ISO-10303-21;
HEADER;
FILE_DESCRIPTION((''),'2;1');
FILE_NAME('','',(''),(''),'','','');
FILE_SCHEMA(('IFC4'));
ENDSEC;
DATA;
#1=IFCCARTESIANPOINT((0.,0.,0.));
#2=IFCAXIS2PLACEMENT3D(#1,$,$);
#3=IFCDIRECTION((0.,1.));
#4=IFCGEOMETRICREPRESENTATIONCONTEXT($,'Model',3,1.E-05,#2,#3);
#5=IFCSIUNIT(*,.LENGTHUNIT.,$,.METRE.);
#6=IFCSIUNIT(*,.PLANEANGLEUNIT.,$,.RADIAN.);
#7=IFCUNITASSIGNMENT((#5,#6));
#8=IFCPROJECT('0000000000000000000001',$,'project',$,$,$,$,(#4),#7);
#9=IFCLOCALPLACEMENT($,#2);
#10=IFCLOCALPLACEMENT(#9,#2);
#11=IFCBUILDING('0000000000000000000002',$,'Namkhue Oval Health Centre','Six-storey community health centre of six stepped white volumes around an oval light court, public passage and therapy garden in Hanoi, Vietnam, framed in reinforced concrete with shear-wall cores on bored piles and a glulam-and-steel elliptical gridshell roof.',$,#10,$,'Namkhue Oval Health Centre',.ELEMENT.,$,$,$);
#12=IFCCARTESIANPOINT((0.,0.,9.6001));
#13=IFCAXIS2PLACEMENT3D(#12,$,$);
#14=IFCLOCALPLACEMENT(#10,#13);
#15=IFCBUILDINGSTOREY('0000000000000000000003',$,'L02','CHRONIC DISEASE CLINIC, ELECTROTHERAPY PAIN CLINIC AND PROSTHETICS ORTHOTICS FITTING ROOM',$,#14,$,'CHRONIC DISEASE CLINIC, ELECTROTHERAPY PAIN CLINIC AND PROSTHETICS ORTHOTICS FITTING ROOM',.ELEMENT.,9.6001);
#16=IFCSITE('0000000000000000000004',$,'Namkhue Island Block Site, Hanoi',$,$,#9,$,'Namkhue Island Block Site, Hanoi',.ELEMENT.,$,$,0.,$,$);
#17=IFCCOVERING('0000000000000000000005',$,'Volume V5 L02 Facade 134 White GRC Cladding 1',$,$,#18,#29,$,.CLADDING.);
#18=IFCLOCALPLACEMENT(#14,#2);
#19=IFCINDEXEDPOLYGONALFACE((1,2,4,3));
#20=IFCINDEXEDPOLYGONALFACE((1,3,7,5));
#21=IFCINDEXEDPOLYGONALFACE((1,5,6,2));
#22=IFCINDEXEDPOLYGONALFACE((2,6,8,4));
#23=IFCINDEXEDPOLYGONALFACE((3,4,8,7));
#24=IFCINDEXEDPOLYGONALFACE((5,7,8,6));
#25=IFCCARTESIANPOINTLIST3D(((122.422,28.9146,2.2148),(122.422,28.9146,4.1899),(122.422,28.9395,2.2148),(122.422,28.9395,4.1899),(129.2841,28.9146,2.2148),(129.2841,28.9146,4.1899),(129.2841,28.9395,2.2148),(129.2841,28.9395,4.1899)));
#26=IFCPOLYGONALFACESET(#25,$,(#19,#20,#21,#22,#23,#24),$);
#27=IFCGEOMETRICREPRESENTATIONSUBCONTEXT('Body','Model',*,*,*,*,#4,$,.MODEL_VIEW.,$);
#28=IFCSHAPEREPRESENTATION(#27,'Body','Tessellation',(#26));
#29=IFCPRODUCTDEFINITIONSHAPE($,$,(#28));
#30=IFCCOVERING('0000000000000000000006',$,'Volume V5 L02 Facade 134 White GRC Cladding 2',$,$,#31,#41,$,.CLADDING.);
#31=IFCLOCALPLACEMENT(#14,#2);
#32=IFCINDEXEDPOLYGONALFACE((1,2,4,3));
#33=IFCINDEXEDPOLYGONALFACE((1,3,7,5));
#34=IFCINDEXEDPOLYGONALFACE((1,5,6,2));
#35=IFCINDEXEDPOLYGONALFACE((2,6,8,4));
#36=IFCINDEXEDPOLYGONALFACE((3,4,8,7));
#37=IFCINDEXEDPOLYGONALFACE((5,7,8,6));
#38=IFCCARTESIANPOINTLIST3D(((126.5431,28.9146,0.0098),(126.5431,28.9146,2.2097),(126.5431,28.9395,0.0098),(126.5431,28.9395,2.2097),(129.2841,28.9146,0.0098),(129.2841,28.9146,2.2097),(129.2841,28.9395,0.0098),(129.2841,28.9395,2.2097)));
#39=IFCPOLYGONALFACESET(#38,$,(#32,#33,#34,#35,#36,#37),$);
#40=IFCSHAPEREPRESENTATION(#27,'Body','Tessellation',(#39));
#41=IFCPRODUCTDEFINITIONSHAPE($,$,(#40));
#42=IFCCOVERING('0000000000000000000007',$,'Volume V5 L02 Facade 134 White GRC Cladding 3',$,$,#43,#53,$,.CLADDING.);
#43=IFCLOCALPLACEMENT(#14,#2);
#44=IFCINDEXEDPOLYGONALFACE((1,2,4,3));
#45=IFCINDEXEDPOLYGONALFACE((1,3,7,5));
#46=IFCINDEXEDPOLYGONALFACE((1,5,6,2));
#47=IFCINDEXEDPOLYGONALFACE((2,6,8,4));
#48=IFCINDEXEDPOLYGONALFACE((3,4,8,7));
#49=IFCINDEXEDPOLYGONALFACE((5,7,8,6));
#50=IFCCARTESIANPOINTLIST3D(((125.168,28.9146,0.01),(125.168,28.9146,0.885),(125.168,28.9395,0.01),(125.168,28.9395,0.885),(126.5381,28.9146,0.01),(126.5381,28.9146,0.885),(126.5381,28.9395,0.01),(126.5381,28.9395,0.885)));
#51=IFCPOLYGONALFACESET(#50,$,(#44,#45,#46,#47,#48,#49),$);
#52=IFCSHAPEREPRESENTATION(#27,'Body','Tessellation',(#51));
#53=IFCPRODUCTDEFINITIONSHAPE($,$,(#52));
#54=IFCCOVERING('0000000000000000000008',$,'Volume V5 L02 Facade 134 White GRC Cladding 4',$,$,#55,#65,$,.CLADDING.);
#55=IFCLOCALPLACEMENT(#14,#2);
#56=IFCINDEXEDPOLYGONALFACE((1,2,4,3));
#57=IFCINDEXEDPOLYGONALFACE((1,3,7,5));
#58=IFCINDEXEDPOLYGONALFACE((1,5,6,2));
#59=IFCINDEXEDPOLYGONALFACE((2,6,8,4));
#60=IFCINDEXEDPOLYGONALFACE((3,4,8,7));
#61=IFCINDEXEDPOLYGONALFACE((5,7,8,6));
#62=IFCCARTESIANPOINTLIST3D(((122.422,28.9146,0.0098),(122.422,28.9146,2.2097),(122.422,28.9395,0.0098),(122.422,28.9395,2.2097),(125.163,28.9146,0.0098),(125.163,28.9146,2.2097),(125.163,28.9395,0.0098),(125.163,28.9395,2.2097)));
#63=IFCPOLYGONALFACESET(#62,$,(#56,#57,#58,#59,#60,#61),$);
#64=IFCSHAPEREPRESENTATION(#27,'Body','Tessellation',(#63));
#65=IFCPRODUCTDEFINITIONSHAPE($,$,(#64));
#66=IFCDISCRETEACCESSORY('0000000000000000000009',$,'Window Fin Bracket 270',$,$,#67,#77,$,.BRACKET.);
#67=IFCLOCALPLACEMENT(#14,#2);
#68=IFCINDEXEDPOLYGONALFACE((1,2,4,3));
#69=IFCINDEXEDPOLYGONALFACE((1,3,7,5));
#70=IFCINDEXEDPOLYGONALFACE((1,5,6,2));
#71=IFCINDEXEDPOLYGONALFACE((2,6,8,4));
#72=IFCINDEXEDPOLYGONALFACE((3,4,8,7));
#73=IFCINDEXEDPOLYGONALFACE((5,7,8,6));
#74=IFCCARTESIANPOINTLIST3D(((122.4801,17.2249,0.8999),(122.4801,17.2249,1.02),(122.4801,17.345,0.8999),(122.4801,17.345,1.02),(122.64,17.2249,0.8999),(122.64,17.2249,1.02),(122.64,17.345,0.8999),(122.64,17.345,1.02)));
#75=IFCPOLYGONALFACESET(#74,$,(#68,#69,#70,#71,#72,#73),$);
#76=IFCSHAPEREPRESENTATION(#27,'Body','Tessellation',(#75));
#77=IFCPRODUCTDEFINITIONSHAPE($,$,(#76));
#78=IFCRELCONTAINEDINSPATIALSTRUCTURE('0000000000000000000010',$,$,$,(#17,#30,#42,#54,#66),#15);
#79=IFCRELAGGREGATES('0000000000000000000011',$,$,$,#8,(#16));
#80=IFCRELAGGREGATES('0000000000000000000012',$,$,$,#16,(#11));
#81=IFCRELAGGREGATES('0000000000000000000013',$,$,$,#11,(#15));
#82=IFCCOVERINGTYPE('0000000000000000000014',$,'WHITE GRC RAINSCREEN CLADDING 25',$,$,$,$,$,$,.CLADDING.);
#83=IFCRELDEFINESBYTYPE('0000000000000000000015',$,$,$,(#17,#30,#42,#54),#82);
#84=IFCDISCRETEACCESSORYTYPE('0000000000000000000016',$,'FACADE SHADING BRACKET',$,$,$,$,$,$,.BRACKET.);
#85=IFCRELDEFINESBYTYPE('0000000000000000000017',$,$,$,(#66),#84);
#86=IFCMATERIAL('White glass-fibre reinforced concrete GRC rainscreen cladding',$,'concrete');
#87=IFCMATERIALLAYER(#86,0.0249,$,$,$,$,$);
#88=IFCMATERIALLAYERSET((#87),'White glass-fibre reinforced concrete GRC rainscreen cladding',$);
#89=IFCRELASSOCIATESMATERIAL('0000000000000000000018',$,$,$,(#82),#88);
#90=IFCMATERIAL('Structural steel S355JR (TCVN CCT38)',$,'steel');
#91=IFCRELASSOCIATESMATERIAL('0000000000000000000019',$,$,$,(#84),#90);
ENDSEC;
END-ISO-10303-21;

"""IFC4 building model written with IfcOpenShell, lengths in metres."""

from ifc_helpers import new_model, si_unit, direction, frame, origin, origin_2d, place, context, subcontext, project, spatial, rectangle, extrude, material, layer, layer_set, type_object, element, save


model = new_model("IFC4")

# Units and contexts
model_context = context("Model", 3, precision=1e-05, world=origin(), true_north=direction((0.0, 1.0)))
body_context = subcontext(model_context, "Body", "Model", "MODEL_VIEW")
ifc_project = project(units=[si_unit("LENGTHUNIT", "METRE"), si_unit("PLANEANGLEUNIT", "RADIAN")], contexts=[model_context])

# Site, building, storey
site_placement = place(None, origin())
site = spatial("IfcSite", under=ifc_project, at=site_placement, Name="Namkhue Island Block Site, Hanoi", LongName="Namkhue Island Block Site, Hanoi", CompositionType="ELEMENT", RefElevation=0.0)
building_placement = place(site_placement, origin())
building = spatial("IfcBuilding", under=site, at=building_placement, Name="Namkhue Oval Health Centre", Description="Six-storey community health centre of six stepped white volumes around an oval light court, public passage and therapy garden in Hanoi, Vietnam, framed in reinforced concrete with shear-wall cores on bored piles and a glulam-and-steel elliptical gridshell roof.", LongName="Namkhue Oval Health Centre", CompositionType="ELEMENT")
storey_placement = place(building_placement, frame((0.0, 0.0, 9.6001)))
storey = spatial("IfcBuildingStorey", under=building, at=storey_placement, Name="L02", Description="CHRONIC DISEASE CLINIC, ELECTROTHERAPY PAIN CLINIC AND PROSTHETICS ORTHOTICS FITTING ROOM", LongName="CHRONIC DISEASE CLINIC, ELECTROTHERAPY PAIN CLINIC AND PROSTHETICS ORTHOTICS FITTING ROOM", CompositionType="ELEMENT", Elevation=9.6001)

# Coverings
ifc_material_1 = material(Name="White glass-fibre reinforced concrete GRC rainscreen cladding", Category="concrete")
ifc_layer_1 = layer(ifc_material_1, 0.0249)
ifc_layer_set_1 = layer_set([ifc_layer_1], Name="White glass-fibre reinforced concrete GRC rainscreen cladding")
covering_type = type_object("IfcCoveringType", Name="WHITE GRC RAINSCREEN CLADDING 25", PredefinedType="CLADDING", material=ifc_layer_set_1)
covering_1_placement = place(storey_placement, frame((125.853, 28.927, 2.2148), z_axis=(0.0, 0.0, 1.0), x_axis=(-1.0, 0.0, 0.0)))
element("IfcCovering", 1, at=covering_1_placement, inside=storey, type_object=covering_type, Name="Volume V5 L02 Facade 134 White GRC Cladding 1", PredefinedType="CLADDING", context=body_context, shape_type="SweptSolid", body=[
    extrude(rectangle(XDim=6.8621, YDim=0.0249, at=origin_2d()), origin(), (0.0, 0.0, 1.0), 1.9751),
])
covering_2_placement = place(storey_placement, frame((127.9136, 28.927, 0.0098), z_axis=(0.0, 0.0, 1.0), x_axis=(-1.0, 0.0, 0.0)))
element("IfcCovering", 2, at=covering_2_placement, inside=storey, type_object=covering_type, Name="Volume V5 L02 Facade 134 White GRC Cladding 2", PredefinedType="CLADDING", context=body_context, shape_type="SweptSolid", body=[
    extrude(rectangle(XDim=2.741, YDim=0.0249, at=origin_2d()), origin(), (0.0, 0.0, 1.0), 2.2),
])
covering_3_placement = place(storey_placement, frame((125.853, 28.927, 0.01), z_axis=(0.0, 0.0, 1.0), x_axis=(-1.0, 0.0, 0.0)))
element("IfcCovering", 3, at=covering_3_placement, inside=storey, type_object=covering_type, Name="Volume V5 L02 Facade 134 White GRC Cladding 3", PredefinedType="CLADDING", context=body_context, shape_type="SweptSolid", body=[
    extrude(rectangle(XDim=1.3701, YDim=0.0249, at=origin_2d()), origin(), (0.0, 0.0, 1.0), 0.875),
])
covering_4_placement = place(storey_placement, frame((123.7925, 28.927, 0.0098), z_axis=(0.0, 0.0, 1.0), x_axis=(-1.0, 0.0, 0.0)))
element("IfcCovering", 4, at=covering_4_placement, inside=storey, type_object=covering_type, Name="Volume V5 L02 Facade 134 White GRC Cladding 4", PredefinedType="CLADDING", context=body_context, shape_type="SweptSolid", body=[
    extrude(rectangle(XDim=2.741, YDim=0.0249, at=origin_2d()), origin(), (0.0, 0.0, 1.0), 2.2),
])

# Discrete accessory
ifc_material_2 = material(Name="Structural steel S355JR (TCVN CCT38)", Category="steel")
discrete_accessory_type = type_object("IfcDiscreteAccessoryType", Name="FACADE SHADING BRACKET", PredefinedType="BRACKET", material=ifc_material_2)
discrete_accessory_placement = place(storey_placement, frame((122.5601, 17.2849, 0.8999), z_axis=(0.0, 0.0, 1.0), x_axis=(1.0, 0.0, 0.0)))
element("IfcDiscreteAccessory", 5, at=discrete_accessory_placement, inside=storey, type_object=discrete_accessory_type, Name="Window Fin Bracket 270", PredefinedType="BRACKET", context=body_context, shape_type="SweptSolid", body=[
    extrude(rectangle(XDim=0.1599, YDim=0.1201, at=origin_2d()), origin(), (0.0, 0.0, 1.0), 0.1201),
])

save(model, "model.ifc")
